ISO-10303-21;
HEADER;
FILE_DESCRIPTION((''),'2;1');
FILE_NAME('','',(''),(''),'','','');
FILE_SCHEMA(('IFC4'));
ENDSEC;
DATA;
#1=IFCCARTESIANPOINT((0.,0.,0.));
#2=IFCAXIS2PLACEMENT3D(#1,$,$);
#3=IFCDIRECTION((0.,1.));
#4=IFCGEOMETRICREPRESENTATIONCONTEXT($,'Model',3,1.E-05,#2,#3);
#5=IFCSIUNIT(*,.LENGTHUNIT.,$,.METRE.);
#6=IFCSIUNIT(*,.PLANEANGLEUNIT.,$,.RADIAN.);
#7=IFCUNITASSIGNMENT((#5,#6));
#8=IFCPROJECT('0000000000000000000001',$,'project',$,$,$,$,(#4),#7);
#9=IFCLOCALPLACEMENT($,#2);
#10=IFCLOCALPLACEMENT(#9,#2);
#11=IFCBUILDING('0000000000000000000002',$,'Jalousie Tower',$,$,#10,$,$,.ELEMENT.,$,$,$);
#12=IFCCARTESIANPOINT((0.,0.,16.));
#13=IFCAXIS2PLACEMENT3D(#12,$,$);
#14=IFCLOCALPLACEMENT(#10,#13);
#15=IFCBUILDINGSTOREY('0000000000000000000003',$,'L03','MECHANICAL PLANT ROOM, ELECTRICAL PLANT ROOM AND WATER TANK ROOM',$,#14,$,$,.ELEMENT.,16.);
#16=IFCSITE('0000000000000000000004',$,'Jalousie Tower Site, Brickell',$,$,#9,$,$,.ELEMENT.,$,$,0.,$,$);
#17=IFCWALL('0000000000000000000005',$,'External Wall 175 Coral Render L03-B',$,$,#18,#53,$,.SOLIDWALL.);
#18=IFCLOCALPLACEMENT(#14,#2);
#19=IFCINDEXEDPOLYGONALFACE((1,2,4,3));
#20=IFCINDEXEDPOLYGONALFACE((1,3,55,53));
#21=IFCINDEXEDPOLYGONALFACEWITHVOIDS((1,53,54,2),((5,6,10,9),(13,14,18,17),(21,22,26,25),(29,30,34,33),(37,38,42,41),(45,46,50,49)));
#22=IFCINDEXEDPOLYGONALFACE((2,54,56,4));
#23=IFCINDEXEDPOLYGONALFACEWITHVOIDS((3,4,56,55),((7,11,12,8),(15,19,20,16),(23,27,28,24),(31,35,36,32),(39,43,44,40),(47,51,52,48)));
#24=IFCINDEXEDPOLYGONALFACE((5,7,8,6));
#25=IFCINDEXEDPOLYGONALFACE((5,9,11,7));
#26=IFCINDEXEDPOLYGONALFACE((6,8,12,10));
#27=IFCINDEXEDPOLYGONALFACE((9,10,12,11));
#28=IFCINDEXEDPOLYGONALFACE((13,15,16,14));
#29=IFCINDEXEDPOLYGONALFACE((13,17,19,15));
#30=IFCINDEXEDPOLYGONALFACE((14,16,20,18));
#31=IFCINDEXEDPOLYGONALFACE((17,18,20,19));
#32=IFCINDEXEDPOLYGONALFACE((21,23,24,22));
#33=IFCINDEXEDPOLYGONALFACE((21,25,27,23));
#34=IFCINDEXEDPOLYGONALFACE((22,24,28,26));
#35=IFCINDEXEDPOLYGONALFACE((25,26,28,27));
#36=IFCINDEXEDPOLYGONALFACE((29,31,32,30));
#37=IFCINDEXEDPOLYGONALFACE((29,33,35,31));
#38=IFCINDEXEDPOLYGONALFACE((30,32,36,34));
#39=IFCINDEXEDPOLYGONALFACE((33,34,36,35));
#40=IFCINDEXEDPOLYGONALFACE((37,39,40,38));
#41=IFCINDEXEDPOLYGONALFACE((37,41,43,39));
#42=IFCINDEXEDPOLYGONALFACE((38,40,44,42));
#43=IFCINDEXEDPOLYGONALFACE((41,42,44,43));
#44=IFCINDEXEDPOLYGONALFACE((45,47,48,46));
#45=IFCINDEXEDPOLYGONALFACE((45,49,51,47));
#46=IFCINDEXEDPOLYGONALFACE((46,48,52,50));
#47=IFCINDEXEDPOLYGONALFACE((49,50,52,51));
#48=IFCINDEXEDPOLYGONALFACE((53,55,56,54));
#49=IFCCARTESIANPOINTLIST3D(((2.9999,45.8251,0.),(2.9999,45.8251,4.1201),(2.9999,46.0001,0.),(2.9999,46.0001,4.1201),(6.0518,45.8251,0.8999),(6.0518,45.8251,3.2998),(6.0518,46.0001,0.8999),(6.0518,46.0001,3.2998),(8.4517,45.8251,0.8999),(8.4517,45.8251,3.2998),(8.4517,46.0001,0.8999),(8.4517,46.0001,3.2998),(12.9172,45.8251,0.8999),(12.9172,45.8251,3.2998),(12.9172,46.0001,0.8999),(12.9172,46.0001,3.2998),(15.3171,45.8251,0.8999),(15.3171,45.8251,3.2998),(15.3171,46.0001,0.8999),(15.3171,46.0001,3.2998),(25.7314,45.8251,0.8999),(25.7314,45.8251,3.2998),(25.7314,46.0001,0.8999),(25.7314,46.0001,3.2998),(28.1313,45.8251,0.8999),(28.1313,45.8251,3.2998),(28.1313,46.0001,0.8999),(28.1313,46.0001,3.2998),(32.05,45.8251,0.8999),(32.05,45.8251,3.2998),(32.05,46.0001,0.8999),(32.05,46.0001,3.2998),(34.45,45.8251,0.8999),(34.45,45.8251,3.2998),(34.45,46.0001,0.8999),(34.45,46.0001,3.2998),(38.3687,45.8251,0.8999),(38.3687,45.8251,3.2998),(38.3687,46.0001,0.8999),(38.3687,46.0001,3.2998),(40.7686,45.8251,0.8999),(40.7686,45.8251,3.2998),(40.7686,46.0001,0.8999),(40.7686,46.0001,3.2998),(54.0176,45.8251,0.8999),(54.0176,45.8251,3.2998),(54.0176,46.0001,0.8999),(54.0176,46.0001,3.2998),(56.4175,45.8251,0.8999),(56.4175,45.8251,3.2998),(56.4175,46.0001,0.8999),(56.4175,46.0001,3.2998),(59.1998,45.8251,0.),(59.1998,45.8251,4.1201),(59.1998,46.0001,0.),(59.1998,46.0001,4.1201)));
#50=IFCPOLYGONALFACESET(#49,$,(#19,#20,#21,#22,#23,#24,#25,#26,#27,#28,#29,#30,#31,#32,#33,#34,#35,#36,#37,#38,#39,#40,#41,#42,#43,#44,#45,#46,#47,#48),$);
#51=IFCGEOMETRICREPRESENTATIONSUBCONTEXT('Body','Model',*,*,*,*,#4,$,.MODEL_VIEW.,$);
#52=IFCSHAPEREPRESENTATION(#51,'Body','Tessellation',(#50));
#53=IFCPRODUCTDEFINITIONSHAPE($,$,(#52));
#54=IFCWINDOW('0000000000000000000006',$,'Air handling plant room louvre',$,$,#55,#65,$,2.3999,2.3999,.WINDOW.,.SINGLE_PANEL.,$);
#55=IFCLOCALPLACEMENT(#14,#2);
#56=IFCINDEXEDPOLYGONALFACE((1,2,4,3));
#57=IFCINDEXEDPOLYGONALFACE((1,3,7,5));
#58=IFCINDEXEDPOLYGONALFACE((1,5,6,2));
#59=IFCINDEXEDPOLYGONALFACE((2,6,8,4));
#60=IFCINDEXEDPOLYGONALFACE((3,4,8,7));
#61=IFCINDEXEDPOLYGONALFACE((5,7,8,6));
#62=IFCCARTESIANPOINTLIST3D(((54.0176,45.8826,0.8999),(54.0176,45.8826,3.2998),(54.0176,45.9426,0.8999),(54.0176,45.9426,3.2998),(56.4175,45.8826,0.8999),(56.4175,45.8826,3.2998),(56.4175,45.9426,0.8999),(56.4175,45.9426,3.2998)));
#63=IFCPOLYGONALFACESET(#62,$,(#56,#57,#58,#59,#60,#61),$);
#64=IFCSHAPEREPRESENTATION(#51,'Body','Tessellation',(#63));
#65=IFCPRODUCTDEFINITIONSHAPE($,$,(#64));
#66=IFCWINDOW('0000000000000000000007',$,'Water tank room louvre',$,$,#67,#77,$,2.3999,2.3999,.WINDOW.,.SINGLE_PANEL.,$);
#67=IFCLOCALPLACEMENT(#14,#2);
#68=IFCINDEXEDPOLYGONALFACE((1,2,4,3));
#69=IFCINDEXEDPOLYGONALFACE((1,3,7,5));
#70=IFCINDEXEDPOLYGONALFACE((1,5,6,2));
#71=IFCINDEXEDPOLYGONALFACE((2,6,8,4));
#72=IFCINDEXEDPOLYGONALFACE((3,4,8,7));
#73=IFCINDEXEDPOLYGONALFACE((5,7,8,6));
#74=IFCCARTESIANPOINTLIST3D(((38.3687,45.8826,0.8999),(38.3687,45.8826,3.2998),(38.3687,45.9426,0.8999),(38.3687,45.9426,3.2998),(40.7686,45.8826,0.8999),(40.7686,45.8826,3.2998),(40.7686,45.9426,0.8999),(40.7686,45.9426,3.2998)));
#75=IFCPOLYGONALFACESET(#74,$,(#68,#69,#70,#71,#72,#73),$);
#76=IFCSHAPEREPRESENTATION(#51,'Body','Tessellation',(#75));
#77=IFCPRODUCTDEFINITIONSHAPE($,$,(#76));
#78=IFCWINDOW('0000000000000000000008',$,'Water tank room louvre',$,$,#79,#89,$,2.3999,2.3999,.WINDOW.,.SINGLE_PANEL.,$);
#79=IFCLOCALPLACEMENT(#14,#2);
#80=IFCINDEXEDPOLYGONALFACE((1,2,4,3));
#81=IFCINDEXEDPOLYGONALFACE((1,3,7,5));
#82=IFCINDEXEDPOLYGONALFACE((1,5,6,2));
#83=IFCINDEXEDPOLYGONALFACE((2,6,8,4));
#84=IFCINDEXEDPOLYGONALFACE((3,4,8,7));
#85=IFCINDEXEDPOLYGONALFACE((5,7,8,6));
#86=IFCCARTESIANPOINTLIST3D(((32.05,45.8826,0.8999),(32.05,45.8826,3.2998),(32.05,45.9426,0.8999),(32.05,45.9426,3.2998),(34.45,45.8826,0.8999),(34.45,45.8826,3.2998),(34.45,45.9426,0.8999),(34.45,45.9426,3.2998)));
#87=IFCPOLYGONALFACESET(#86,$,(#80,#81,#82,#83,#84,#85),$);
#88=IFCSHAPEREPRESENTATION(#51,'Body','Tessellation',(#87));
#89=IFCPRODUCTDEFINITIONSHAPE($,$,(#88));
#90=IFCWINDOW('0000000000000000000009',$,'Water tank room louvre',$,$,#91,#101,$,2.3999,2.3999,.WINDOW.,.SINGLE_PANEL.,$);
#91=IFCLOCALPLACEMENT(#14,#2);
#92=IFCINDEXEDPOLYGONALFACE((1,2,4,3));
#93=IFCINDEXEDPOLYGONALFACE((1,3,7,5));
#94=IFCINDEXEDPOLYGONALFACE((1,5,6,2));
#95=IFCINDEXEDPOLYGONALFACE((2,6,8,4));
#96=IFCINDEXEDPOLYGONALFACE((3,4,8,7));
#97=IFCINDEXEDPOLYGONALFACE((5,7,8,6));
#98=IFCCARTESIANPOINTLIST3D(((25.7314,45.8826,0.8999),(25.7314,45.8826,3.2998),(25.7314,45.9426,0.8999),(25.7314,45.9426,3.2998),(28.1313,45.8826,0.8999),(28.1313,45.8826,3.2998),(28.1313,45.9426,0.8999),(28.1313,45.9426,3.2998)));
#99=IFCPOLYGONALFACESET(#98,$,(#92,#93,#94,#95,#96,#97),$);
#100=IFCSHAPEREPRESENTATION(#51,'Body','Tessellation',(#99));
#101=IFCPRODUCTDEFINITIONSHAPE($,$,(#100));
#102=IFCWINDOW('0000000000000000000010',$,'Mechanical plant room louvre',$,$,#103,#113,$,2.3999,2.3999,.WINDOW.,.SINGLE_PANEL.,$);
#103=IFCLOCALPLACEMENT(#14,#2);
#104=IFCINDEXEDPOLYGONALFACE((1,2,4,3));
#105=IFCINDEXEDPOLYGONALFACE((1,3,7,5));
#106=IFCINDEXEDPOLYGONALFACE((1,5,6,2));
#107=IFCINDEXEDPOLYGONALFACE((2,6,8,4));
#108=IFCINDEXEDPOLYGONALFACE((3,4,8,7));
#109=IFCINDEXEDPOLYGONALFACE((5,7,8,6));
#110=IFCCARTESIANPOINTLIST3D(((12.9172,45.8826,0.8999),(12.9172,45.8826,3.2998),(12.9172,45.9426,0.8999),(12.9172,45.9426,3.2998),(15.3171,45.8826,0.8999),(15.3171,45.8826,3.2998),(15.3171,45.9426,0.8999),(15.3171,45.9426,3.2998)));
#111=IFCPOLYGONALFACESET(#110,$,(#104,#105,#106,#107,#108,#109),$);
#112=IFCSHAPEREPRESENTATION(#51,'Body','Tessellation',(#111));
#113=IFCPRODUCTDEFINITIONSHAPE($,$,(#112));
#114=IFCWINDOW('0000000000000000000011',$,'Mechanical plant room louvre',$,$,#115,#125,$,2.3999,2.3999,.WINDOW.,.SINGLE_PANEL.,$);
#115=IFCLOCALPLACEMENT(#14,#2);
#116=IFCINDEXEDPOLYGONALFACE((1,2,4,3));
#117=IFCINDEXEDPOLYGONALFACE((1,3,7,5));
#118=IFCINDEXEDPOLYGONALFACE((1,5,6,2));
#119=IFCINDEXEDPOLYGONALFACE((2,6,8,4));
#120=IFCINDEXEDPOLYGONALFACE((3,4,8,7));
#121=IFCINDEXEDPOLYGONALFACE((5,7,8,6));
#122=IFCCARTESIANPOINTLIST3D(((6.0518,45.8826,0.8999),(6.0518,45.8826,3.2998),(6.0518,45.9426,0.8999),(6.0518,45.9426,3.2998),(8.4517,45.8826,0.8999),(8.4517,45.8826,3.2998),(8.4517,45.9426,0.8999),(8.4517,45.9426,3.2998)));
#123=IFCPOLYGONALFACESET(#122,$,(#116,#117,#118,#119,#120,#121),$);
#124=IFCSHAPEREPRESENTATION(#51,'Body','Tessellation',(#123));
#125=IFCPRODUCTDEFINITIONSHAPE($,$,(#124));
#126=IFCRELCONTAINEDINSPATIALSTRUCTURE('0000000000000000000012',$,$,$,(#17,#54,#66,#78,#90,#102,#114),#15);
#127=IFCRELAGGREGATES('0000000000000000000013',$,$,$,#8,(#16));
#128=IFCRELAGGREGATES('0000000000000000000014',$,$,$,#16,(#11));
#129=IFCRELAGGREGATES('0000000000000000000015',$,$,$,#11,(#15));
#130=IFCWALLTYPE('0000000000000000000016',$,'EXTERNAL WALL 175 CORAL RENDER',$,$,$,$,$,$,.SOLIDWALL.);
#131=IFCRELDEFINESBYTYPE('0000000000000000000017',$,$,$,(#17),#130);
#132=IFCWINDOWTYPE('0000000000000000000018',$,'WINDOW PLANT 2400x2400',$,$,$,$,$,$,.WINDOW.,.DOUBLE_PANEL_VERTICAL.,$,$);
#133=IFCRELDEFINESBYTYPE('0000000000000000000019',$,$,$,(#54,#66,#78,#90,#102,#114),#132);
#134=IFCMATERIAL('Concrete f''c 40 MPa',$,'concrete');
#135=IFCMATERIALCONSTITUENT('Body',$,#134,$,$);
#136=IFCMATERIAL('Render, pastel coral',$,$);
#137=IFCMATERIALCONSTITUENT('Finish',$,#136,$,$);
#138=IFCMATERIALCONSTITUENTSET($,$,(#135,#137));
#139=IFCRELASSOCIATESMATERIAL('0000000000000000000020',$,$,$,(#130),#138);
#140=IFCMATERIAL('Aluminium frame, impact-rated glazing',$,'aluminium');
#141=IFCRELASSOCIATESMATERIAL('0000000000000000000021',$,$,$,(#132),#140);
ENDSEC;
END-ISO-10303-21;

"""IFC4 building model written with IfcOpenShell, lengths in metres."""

from ifc_helpers import new_model, si_unit, direction, frame, frame_2d, origin, place, context, subcontext, project, spatial, rectangle, extrude, material, constituent, constituent_set, type_object, element, fill, save


model = new_model("IFC4")

# Units and contexts
model_context = context("Model", 3, precision=1e-05, world=origin(), true_north=direction((0.0, 1.0)))
body_context = subcontext(model_context, "Body", "Model", "MODEL_VIEW")
ifc_project = project(units=[si_unit("LENGTHUNIT", "METRE"), si_unit("PLANEANGLEUNIT", "RADIAN")], contexts=[model_context])

# Site, building, storey
site_placement = place(None, origin())
site = spatial("IfcSite", under=ifc_project, at=site_placement, Name="Jalousie Tower Site, Brickell", CompositionType="ELEMENT", RefElevation=0.0)
building_placement = place(site_placement, origin())
building = spatial("IfcBuilding", under=site, at=building_placement, Name="Jalousie Tower", CompositionType="ELEMENT")
storey_placement = place(building_placement, frame((0.0, 0.0, 16.0)))
storey = spatial("IfcBuildingStorey", under=building, at=storey_placement, Name="L03", Description="MECHANICAL PLANT ROOM, ELECTRICAL PLANT ROOM AND WATER TANK ROOM", CompositionType="ELEMENT", Elevation=16.0)

# Shared definitions
ifc_material_1 = material(Name="Concrete f'c 40 MPa", Category="concrete")
ifc_constituent_1 = constituent(ifc_material_1, Name="Body")
ifc_material_2 = material(Name="Render, pastel coral")
ifc_constituent_2 = constituent(ifc_material_2, Name="Finish")
ifc_constituent_set = constituent_set(constituents=[ifc_constituent_1, ifc_constituent_2])
wall_type = type_object("IfcWallType", Name="EXTERNAL WALL 175 CORAL RENDER", PredefinedType="SOLIDWALL", material=ifc_constituent_set)

# Wall, openings, windows
wall_placement = place(storey_placement, frame((59.2, 45.9126, 0.0), z_axis=(0.0, 0.0, 1.0), x_axis=(-1.0, 0.0, 0.0)))
wall = element("IfcWall", 1, at=wall_placement, inside=storey, type_object=wall_type, Name="External Wall 175 Coral Render L03-B", PredefinedType="SOLIDWALL", context=body_context, shape_type="SweptSolid", body=[
    extrude(rectangle(XDim=56.2, YDim=0.175, at=frame_2d((28.1001, 0.0))), origin(), (0.0, 0.0, 1.0), 4.1201),
])
opening_1_placement = place(wall_placement, frame((2.7825, 0.0, 0.8999)))
opening_1 = element("IfcOpeningElement", 2, at=opening_1_placement, cuts=wall, PredefinedType="OPENING", context=body_context, shape_type="SweptSolid", body=[
    extrude(rectangle(XDim=2.3999, YDim=2.3999, at=frame_2d((1.2, 1.2))), frame((0.0, 0.0974, 0.0), z_axis=(0.0, -1.0, 0.0), x_axis=(1.0, 0.0, 0.0)), (0.0, 0.0, 1.0), 0.1951),
])
opening_2_placement = place(wall_placement, frame((18.4314, 0.0, 0.8999)))
opening_2 = element("IfcOpeningElement", 3, at=opening_2_placement, cuts=wall, PredefinedType="OPENING", context=body_context, shape_type="SweptSolid", body=[
    extrude(rectangle(XDim=2.3999, YDim=2.3999, at=frame_2d((1.2, 1.2))), frame((0.0, 0.0974, 0.0), z_axis=(0.0, -1.0, 0.0), x_axis=(1.0, 0.0, 0.0)), (0.0, 0.0, 1.0), 0.1951),
])
opening_3_placement = place(wall_placement, frame((24.75, 0.0, 0.8999)))
opening_3 = element("IfcOpeningElement", 4, at=opening_3_placement, cuts=wall, PredefinedType="OPENING", context=body_context, shape_type="SweptSolid", body=[
    extrude(rectangle(XDim=2.3999, YDim=2.3999, at=frame_2d((1.2, 1.2))), frame((0.0, 0.0974, 0.0), z_axis=(0.0, -1.0, 0.0), x_axis=(1.0, 0.0, 0.0)), (0.0, 0.0, 1.0), 0.1951),
])
opening_4_placement = place(wall_placement, frame((31.0686, 0.0, 0.8999)))
opening_4 = element("IfcOpeningElement", 5, at=opening_4_placement, cuts=wall, PredefinedType="OPENING", context=body_context, shape_type="SweptSolid", body=[
    extrude(rectangle(XDim=2.3999, YDim=2.3999, at=frame_2d((1.2, 1.2))), frame((0.0, 0.0974, 0.0), z_axis=(0.0, -1.0, 0.0), x_axis=(1.0, 0.0, 0.0)), (0.0, 0.0, 1.0), 0.1951),
])
opening_5_placement = place(wall_placement, frame((43.8828, 0.0, 0.8999)))
opening_5 = element("IfcOpeningElement", 6, at=opening_5_placement, cuts=wall, PredefinedType="OPENING", context=body_context, shape_type="SweptSolid", body=[
    extrude(rectangle(XDim=2.3999, YDim=2.3999, at=frame_2d((1.2, 1.2))), frame((0.0, 0.0974, 0.0), z_axis=(0.0, -1.0, 0.0), x_axis=(1.0, 0.0, 0.0)), (0.0, 0.0, 1.0), 0.1951),
])
opening_6_placement = place(wall_placement, frame((50.7483, 0.0, 0.8999)))
opening_6 = element("IfcOpeningElement", 7, at=opening_6_placement, cuts=wall, PredefinedType="OPENING", context=body_context, shape_type="SweptSolid", body=[
    extrude(rectangle(XDim=2.3999, YDim=2.3999, at=frame_2d((1.2, 1.2))), frame((0.0, 0.0974, 0.0), z_axis=(0.0, -1.0, 0.0), x_axis=(1.0, 0.0, 0.0)), (0.0, 0.0, 1.0), 0.1951),
])
ifc_material_3 = material(Name="Aluminium frame, impact-rated glazing", Category="aluminium")
window_type = type_object("IfcWindowType", Name="WINDOW PLANT 2400x2400", PartitioningType="DOUBLE_PANEL_VERTICAL", PredefinedType="WINDOW", material=ifc_material_3)
window_1_placement = place(opening_1_placement, origin())
window_1 = element("IfcWindow", 8, at=window_1_placement, inside=storey, type_object=window_type, Name="Air handling plant room louvre", OverallHeight=2.3999, OverallWidth=2.3999, PartitioningType="SINGLE_PANEL", PredefinedType="WINDOW", context=body_context, shape_type="SweptSolid", body=[
    extrude(rectangle(XDim=2.3999, YDim=2.3999, at=frame_2d((1.2, 1.2))), frame((0.0, 0.03, 0.0), z_axis=(0.0, -1.0, 0.0), x_axis=(1.0, 0.0, 0.0)), (0.0, 0.0, 1.0), 0.0601),
])
fill(opening_1, window_1)
window_2_placement = place(opening_2_placement, origin())
window_2 = element("IfcWindow", 9, at=window_2_placement, inside=storey, type_object=window_type, Name="Water tank room louvre", OverallHeight=2.3999, OverallWidth=2.3999, PartitioningType="SINGLE_PANEL", PredefinedType="WINDOW", context=body_context, shape_type="SweptSolid", body=[
    extrude(rectangle(XDim=2.3999, YDim=2.3999, at=frame_2d((1.2, 1.2))), frame((0.0, 0.03, 0.0), z_axis=(0.0, -1.0, 0.0), x_axis=(1.0, 0.0, 0.0)), (0.0, 0.0, 1.0), 0.0601),
])
fill(opening_2, window_2)
window_3_placement = place(opening_3_placement, origin())
window_3 = element("IfcWindow", 10, at=window_3_placement, inside=storey, type_object=window_type, Name="Water tank room louvre", OverallHeight=2.3999, OverallWidth=2.3999, PartitioningType="SINGLE_PANEL", PredefinedType="WINDOW", context=body_context, shape_type="SweptSolid", body=[
    extrude(rectangle(XDim=2.3999, YDim=2.3999, at=frame_2d((1.2, 1.2))), frame((0.0, 0.03, 0.0), z_axis=(0.0, -1.0, 0.0), x_axis=(1.0, 0.0, 0.0)), (0.0, 0.0, 1.0), 0.0601),
])
fill(opening_3, window_3)
window_4_placement = place(opening_4_placement, origin())
window_4 = element("IfcWindow", 11, at=window_4_placement, inside=storey, type_object=window_type, Name="Water tank room louvre", OverallHeight=2.3999, OverallWidth=2.3999, PartitioningType="SINGLE_PANEL", PredefinedType="WINDOW", context=body_context, shape_type="SweptSolid", body=[
    extrude(rectangle(XDim=2.3999, YDim=2.3999, at=frame_2d((1.2, 1.2))), frame((0.0, 0.03, 0.0), z_axis=(0.0, -1.0, 0.0), x_axis=(1.0, 0.0, 0.0)), (0.0, 0.0, 1.0), 0.0601),
])
fill(opening_4, window_4)
window_5_placement = place(opening_5_placement, origin())
window_5 = element("IfcWindow", 12, at=window_5_placement, inside=storey, type_object=window_type, Name="Mechanical plant room louvre", OverallHeight=2.3999, OverallWidth=2.3999, PartitioningType="SINGLE_PANEL", PredefinedType="WINDOW", context=body_context, shape_type="SweptSolid", body=[
    extrude(rectangle(XDim=2.3999, YDim=2.3999, at=frame_2d((1.2, 1.2))), frame((0.0, 0.03, 0.0), z_axis=(0.0, -1.0, 0.0), x_axis=(1.0, 0.0, 0.0)), (0.0, 0.0, 1.0), 0.0601),
])
fill(opening_5, window_5)
window_6_placement = place(opening_6_placement, origin())
window_6 = element("IfcWindow", 13, at=window_6_placement, inside=storey, type_object=window_type, Name="Mechanical plant room louvre", OverallHeight=2.3999, OverallWidth=2.3999, PartitioningType="SINGLE_PANEL", PredefinedType="WINDOW", context=body_context, shape_type="SweptSolid", body=[
    extrude(rectangle(XDim=2.3999, YDim=2.3999, at=frame_2d((1.2, 1.2))), frame((0.0, 0.03, 0.0), z_axis=(0.0, -1.0, 0.0), x_axis=(1.0, 0.0, 0.0)), (0.0, 0.0, 1.0), 0.0601),
])
fill(opening_6, window_6)

save(model, "model.ifc")
